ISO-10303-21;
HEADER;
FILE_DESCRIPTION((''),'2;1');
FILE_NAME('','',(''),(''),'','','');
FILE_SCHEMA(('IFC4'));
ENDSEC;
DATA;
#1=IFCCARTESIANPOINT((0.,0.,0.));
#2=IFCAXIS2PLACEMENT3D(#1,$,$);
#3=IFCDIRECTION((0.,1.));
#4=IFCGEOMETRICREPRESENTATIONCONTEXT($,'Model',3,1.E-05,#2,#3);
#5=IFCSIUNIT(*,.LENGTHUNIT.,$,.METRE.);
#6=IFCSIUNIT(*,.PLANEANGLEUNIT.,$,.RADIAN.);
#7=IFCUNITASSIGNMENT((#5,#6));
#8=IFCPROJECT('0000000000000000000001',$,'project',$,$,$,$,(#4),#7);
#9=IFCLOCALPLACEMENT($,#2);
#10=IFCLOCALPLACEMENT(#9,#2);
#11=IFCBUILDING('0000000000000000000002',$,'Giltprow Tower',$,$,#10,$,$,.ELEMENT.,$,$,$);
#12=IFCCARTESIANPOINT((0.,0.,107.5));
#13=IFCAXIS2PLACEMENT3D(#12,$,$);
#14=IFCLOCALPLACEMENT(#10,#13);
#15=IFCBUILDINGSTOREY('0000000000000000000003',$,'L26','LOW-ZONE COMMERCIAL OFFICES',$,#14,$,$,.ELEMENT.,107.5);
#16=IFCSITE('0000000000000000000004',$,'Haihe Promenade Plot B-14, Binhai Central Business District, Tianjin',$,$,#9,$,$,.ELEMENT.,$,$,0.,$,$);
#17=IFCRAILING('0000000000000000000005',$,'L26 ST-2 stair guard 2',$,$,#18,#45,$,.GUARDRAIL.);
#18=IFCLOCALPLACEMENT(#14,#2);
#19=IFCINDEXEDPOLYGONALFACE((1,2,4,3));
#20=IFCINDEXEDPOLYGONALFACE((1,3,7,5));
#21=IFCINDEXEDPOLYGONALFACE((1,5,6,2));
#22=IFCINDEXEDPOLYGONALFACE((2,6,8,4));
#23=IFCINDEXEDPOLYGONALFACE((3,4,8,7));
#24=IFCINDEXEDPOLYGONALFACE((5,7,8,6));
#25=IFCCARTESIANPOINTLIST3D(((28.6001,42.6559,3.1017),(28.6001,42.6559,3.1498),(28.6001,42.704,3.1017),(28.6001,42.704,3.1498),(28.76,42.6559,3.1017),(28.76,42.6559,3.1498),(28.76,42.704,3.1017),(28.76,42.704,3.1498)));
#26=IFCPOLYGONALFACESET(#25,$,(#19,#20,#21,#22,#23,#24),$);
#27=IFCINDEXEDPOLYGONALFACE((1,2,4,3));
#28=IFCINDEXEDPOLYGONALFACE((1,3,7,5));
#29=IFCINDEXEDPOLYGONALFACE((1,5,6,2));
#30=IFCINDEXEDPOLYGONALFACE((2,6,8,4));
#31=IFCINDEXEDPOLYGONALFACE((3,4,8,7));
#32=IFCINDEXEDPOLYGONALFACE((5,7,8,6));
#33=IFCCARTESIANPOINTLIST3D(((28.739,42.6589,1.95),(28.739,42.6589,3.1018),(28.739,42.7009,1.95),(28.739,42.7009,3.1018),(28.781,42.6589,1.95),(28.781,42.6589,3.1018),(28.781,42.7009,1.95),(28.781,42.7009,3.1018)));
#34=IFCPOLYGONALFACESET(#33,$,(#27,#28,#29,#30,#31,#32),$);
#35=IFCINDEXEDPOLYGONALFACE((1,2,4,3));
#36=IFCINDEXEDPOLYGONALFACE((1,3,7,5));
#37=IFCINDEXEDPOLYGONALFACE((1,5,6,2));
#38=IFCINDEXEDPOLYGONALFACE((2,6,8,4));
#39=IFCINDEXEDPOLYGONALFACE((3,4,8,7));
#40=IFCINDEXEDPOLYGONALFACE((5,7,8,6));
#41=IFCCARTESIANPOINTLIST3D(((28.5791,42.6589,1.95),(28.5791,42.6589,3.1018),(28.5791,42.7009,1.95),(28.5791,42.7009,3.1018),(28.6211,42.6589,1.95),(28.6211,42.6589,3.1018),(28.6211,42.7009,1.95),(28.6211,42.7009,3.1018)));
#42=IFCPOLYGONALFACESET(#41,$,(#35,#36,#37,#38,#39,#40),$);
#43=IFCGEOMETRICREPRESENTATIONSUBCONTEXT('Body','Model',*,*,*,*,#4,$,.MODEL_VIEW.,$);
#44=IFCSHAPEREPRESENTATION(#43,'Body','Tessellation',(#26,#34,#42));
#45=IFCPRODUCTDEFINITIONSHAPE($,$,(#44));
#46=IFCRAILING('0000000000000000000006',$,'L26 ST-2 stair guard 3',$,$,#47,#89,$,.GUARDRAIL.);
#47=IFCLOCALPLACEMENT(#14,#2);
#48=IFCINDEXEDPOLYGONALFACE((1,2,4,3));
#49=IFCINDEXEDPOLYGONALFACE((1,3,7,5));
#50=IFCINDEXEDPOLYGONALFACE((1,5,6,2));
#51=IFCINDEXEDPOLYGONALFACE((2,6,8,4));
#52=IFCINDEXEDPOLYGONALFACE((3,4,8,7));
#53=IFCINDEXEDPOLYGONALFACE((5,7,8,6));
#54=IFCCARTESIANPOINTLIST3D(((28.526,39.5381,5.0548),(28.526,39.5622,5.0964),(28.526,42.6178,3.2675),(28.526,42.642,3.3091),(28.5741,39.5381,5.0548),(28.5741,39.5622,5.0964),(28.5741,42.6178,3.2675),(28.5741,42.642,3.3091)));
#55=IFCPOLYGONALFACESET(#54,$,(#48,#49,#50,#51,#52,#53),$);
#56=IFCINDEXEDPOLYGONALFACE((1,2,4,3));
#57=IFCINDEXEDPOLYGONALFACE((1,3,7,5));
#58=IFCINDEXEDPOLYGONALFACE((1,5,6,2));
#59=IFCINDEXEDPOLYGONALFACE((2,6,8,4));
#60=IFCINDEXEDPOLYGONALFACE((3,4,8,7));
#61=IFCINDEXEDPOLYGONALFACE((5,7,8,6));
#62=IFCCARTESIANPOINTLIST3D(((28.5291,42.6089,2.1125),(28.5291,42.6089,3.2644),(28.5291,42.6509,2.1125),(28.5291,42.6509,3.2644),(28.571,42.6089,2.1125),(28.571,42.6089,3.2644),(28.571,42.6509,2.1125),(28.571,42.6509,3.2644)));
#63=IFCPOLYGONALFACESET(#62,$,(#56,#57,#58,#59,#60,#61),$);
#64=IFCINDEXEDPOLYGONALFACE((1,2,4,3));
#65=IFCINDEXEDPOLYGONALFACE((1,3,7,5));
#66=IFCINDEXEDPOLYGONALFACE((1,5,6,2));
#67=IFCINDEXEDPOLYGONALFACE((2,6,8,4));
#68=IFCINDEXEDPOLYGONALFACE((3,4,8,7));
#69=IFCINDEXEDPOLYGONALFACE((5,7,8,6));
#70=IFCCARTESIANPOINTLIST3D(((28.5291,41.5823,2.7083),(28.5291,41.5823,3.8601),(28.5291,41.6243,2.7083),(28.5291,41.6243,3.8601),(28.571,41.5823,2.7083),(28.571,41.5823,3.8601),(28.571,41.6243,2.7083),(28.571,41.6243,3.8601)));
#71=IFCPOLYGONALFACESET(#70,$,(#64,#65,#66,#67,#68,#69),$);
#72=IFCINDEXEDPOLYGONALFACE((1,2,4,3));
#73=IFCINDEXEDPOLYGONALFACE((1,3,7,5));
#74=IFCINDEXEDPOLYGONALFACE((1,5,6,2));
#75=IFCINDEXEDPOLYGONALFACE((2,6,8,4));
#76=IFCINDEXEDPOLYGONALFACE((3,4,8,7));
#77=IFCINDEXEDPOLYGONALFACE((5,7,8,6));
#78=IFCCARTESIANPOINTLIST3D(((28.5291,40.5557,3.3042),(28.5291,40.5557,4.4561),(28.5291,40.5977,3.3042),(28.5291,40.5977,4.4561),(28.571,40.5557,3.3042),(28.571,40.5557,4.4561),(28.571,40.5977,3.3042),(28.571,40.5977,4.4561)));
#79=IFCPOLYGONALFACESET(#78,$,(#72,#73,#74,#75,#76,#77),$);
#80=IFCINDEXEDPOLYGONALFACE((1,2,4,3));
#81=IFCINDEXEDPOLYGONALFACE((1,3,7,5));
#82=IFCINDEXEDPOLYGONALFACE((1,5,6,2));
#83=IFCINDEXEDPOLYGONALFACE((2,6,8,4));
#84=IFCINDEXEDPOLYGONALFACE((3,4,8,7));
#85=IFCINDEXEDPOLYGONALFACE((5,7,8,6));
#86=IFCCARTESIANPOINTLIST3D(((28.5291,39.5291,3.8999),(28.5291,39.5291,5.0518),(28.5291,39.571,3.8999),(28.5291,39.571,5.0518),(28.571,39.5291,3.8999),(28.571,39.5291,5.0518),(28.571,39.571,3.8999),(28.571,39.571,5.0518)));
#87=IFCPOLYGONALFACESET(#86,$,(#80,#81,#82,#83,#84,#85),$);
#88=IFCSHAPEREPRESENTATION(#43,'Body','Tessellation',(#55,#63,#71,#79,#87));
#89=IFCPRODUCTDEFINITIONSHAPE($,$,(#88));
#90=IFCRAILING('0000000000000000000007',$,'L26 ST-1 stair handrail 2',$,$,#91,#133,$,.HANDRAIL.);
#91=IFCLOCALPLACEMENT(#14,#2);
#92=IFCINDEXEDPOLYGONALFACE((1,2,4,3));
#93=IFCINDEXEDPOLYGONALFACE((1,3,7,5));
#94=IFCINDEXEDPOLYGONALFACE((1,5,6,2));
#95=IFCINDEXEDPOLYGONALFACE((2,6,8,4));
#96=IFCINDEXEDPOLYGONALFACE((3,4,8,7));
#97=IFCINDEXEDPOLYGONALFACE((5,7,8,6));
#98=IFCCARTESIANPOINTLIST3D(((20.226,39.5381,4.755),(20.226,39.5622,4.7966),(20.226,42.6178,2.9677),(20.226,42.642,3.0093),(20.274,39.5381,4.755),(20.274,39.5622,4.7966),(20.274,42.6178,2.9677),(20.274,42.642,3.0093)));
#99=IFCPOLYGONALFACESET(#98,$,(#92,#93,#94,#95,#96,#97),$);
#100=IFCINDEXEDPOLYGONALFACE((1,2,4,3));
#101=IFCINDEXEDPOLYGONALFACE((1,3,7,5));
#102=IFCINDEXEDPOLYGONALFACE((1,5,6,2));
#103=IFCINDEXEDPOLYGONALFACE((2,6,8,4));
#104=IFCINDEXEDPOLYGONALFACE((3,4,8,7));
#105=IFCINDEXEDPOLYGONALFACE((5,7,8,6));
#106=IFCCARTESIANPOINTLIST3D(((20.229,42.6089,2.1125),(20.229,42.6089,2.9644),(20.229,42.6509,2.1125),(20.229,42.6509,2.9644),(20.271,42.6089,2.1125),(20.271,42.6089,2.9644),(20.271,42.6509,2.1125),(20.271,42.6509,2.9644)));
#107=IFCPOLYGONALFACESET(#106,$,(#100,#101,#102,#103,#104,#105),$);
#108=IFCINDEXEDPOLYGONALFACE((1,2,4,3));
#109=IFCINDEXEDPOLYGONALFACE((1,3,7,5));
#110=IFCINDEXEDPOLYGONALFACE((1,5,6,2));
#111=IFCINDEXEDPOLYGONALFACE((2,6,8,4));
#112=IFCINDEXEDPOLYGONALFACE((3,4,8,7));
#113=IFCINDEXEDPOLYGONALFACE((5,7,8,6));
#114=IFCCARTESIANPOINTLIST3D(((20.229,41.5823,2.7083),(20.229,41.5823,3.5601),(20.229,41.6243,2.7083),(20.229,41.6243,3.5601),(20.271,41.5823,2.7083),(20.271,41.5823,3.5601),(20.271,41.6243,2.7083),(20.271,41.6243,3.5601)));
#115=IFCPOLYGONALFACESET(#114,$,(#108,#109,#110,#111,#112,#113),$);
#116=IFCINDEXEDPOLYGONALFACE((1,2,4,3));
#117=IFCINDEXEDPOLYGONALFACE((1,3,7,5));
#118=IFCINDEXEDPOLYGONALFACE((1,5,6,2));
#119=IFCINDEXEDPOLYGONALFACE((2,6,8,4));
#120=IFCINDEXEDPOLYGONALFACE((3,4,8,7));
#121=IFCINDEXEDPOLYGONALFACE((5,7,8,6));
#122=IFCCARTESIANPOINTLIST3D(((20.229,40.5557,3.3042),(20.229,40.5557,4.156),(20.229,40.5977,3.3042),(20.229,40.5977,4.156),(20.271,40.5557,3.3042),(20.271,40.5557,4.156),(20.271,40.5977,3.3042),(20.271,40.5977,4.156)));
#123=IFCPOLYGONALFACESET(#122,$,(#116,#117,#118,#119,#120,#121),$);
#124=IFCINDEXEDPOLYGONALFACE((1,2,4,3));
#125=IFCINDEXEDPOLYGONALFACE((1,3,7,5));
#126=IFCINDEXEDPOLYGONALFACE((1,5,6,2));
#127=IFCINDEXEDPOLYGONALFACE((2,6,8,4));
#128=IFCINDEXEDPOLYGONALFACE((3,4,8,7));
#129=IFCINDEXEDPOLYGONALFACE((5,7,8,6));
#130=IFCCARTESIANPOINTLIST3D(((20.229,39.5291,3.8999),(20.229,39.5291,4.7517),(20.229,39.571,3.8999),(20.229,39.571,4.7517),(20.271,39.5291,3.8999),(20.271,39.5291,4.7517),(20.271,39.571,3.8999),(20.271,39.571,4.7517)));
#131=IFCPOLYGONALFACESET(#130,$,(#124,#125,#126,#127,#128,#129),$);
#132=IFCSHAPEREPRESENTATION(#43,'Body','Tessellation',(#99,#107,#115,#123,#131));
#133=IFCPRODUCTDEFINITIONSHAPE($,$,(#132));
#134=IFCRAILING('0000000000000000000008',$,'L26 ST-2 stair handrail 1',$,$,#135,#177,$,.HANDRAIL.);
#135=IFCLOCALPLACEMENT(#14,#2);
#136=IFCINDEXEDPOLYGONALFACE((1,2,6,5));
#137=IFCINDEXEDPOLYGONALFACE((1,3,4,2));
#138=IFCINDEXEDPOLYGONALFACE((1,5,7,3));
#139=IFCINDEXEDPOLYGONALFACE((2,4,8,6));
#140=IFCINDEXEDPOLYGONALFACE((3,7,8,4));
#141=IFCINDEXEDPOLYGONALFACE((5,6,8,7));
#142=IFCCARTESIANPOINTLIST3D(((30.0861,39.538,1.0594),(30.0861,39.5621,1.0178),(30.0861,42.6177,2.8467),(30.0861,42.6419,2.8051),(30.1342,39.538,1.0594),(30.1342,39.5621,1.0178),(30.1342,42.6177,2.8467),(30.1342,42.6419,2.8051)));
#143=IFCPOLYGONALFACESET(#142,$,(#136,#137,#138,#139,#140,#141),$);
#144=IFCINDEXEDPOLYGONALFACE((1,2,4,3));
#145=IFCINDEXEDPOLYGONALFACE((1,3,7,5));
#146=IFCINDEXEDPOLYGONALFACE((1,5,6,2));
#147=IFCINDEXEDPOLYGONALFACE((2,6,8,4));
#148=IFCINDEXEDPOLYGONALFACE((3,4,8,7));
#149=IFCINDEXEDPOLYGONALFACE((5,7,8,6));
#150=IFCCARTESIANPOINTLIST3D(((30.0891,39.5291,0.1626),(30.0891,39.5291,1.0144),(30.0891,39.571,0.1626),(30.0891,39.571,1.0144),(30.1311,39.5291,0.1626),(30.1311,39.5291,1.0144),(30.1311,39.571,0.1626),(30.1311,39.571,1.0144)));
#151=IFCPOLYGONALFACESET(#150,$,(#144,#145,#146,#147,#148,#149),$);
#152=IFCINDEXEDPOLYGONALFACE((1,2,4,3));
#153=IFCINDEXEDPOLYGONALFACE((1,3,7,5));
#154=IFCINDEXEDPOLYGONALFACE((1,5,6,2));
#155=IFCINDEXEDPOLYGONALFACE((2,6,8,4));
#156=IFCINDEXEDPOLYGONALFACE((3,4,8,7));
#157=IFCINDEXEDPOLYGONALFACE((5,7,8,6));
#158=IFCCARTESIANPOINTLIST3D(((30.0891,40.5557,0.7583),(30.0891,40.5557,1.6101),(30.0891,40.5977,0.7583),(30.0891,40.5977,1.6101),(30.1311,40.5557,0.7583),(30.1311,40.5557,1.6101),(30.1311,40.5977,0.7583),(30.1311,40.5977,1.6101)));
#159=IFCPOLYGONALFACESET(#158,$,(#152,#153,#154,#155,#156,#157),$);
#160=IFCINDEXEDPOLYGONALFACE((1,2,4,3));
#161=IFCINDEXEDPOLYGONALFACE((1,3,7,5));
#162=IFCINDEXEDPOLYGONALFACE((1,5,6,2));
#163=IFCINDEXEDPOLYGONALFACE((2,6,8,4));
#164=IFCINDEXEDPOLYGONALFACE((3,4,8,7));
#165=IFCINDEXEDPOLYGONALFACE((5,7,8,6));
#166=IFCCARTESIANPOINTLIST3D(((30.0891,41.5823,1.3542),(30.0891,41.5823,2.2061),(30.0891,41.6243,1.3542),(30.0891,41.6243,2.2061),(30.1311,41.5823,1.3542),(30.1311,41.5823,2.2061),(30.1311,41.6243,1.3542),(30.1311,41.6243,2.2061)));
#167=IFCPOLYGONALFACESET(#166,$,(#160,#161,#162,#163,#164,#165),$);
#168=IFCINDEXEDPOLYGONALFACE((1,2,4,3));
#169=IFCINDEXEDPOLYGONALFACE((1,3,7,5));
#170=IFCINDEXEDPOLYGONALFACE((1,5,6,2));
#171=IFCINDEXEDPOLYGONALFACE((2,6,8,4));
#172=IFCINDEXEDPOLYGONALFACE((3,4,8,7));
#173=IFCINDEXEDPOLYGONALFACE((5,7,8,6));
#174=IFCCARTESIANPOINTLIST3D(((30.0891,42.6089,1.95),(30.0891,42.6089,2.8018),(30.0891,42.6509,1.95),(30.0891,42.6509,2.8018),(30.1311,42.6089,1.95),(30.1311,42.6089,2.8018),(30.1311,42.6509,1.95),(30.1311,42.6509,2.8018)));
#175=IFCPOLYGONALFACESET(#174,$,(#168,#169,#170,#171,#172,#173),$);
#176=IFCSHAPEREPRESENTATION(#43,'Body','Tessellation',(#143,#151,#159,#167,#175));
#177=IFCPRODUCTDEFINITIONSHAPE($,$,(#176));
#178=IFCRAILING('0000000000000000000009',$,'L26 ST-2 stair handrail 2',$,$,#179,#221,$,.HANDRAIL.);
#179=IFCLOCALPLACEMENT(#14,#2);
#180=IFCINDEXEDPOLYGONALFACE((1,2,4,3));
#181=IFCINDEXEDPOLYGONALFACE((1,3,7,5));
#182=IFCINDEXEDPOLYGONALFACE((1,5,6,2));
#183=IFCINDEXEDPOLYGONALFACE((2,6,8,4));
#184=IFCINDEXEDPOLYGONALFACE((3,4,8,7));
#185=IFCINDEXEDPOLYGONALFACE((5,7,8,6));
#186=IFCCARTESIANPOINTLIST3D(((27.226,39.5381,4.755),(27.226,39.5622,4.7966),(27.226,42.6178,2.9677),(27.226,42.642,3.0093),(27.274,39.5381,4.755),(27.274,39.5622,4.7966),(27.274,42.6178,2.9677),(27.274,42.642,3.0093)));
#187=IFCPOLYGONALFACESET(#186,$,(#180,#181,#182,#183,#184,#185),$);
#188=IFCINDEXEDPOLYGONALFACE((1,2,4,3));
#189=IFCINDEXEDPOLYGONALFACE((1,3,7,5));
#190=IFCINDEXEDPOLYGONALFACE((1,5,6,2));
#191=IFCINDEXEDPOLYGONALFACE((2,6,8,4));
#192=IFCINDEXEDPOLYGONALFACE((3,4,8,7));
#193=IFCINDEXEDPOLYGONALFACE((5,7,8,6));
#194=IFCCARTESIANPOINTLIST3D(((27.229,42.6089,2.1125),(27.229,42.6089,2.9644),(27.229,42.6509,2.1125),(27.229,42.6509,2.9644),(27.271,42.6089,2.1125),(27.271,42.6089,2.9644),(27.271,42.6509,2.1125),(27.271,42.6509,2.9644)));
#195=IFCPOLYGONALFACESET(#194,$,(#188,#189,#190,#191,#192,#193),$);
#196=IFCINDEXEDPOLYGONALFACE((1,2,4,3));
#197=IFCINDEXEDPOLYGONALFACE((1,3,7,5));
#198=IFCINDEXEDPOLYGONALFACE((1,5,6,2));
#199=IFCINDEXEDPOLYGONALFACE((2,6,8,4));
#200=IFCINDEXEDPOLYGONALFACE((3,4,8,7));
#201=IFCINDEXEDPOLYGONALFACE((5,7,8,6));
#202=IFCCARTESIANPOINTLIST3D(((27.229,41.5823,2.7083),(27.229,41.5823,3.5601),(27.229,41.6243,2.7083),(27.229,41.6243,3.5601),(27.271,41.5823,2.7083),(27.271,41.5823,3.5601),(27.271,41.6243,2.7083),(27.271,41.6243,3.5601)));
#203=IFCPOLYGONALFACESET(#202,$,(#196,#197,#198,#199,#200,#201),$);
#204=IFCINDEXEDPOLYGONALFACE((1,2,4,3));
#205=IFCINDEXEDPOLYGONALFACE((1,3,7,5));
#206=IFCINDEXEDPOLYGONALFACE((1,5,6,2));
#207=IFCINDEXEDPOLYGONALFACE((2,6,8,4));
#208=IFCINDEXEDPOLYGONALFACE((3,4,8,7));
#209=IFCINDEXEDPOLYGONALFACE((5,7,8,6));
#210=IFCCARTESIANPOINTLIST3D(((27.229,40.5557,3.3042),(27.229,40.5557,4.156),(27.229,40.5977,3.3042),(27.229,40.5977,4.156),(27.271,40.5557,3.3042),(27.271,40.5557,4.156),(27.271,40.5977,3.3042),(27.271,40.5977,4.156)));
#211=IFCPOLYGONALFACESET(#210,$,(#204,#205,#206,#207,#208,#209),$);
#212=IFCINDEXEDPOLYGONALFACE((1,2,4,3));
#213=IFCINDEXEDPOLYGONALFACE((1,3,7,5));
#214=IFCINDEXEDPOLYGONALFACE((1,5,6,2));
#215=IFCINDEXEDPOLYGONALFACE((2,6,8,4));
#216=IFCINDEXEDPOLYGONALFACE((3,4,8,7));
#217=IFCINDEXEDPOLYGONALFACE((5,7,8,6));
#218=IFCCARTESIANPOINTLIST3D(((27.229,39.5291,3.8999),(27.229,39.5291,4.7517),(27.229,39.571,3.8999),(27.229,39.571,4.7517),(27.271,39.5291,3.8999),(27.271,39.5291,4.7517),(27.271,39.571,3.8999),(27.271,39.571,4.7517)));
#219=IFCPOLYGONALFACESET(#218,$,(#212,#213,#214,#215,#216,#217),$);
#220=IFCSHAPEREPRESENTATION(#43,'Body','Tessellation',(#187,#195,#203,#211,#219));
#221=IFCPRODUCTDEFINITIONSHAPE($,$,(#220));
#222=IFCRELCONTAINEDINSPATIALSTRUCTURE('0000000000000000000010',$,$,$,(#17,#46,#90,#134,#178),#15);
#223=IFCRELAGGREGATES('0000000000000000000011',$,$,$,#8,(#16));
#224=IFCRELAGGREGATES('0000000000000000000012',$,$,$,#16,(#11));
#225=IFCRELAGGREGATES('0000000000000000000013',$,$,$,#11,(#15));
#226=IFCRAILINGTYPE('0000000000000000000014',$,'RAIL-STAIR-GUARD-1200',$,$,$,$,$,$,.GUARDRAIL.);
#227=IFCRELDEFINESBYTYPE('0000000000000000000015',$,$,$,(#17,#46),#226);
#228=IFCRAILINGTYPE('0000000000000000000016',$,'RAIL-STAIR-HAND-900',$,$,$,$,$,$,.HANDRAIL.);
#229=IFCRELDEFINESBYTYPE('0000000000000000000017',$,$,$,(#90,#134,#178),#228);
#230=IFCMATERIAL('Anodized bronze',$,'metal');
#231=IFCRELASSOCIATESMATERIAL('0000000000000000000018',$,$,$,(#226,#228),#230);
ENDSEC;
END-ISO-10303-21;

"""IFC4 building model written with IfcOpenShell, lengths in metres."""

from ifc_helpers import new_model, si_unit, direction, frame, origin, origin_2d, place, context, subcontext, project, spatial, rectangle, extrude, material, type_object, element, save


model = new_model("IFC4")

# Units and contexts
model_context = context("Model", 3, precision=1e-05, world=origin(), true_north=direction((0.0, 1.0)))
body_context = subcontext(model_context, "Body", "Model", "MODEL_VIEW")
ifc_project = project(units=[si_unit("LENGTHUNIT", "METRE"), si_unit("PLANEANGLEUNIT", "RADIAN")], contexts=[model_context])

# Site, building, storey
site_placement = place(None, origin())
site = spatial("IfcSite", under=ifc_project, at=site_placement, Name="Haihe Promenade Plot B-14, Binhai Central Business District, Tianjin", CompositionType="ELEMENT", RefElevation=0.0)
building_placement = place(site_placement, origin())
building = spatial("IfcBuilding", under=site, at=building_placement, Name="Giltprow Tower", CompositionType="ELEMENT")
storey_placement = place(building_placement, frame((0.0, 0.0, 107.5)))
storey = spatial("IfcBuildingStorey", under=building, at=storey_placement, Name="L26", Description="LOW-ZONE COMMERCIAL OFFICES", CompositionType="ELEMENT", Elevation=107.5)

# Railings
ifc_material_1 = material(Name="Anodized bronze", Category="metal")
railing_type_1 = type_object("IfcRailingType", Name="RAIL-STAIR-GUARD-1200", PredefinedType="GUARDRAIL", material=ifc_material_1)
railing_1_placement = place(storey_placement, frame((28.76, 42.6799, 1.95)))
element("IfcRailing", 1, at=railing_1_placement, inside=storey, type_object=railing_type_1, Name="L26 ST-2 stair guard 2", PredefinedType="GUARDRAIL", context=body_context, shape_type="SweptSolid", body=[
    extrude(rectangle(XDim=0.0481, YDim=0.0481, at=origin_2d()), frame((0.0, 0.0, 1.1758), z_axis=(-1.0, 0.0, 0.0), x_axis=(0.0, -1.0, 0.0)), (0.0, 0.0, 1.0), 0.1599),
    extrude(rectangle(XDim=0.042, YDim=0.042, at=origin_2d()), origin(), (0.0, 0.0, 1.0), 1.1519),
    extrude(rectangle(XDim=0.042, YDim=0.042, at=origin_2d()), frame((-0.1599, 0.0, 0.0)), (0.0, 0.0, 1.0), 1.1519),
])
railing_2_placement = place(storey_placement, frame((28.55, 42.6299, 2.1125)))
element("IfcRailing", 2, at=railing_2_placement, inside=storey, type_object=railing_type_1, Name="L26 ST-2 stair guard 3", PredefinedType="GUARDRAIL", context=body_context, shape_type="SweptSolid", body=[
    extrude(rectangle(XDim=0.0481, YDim=0.0481, at=origin_2d()), frame((0.0, 0.0, 1.1758), z_axis=(0.0, -0.864903, 0.501939), x_axis=(1.0, 0.0, 0.0)), (0.0, 0.0, 1.0), 3.5608),
    extrude(rectangle(XDim=0.042, YDim=0.042, at=origin_2d()), origin(), (0.0, 0.0, 1.0), 1.1519),
    extrude(rectangle(XDim=0.042, YDim=0.042, at=origin_2d()), frame((0.0, -1.0266, 0.5957)), (0.0, 0.0, 1.0), 1.1519),
    extrude(rectangle(XDim=0.042, YDim=0.042, at=origin_2d()), frame((0.0, -2.0532, 1.1917)), (0.0, 0.0, 1.0), 1.1519),
    extrude(rectangle(XDim=0.042, YDim=0.042, at=origin_2d()), frame((0.0, -3.0798, 1.7874)), (0.0, 0.0, 1.0), 1.1519),
])
railing_type_2 = type_object("IfcRailingType", Name="RAIL-STAIR-HAND-900", PredefinedType="HANDRAIL", material=ifc_material_1)
railing_3_placement = place(storey_placement, frame((20.25, 42.6299, 2.1125)))
element("IfcRailing", 3, at=railing_3_placement, inside=storey, type_object=railing_type_2, Name="L26 ST-1 stair handrail 2", PredefinedType="HANDRAIL", context=body_context, shape_type="SweptSolid", body=[
    extrude(rectangle(XDim=0.0481, YDim=0.0481, at=origin_2d()), frame((0.0, 0.0, 0.876), z_axis=(0.0, -0.864903, 0.501939), x_axis=(1.0, 0.0, 0.0)), (0.0, 0.0, 1.0), 3.5608),
    extrude(rectangle(XDim=0.042, YDim=0.042, at=origin_2d()), origin(), (0.0, 0.0, 1.0), 0.8518),
    extrude(rectangle(XDim=0.042, YDim=0.042, at=origin_2d()), frame((0.0, -1.0266, 0.5957)), (0.0, 0.0, 1.0), 0.8518),
    extrude(rectangle(XDim=0.042, YDim=0.042, at=origin_2d()), frame((0.0, -2.0532, 1.1917)), (0.0, 0.0, 1.0), 0.8518),
    extrude(rectangle(XDim=0.042, YDim=0.042, at=origin_2d()), frame((0.0, -3.0798, 1.7874)), (0.0, 0.0, 1.0), 0.8518),
])
railing_4_placement = place(storey_placement, frame((30.1101, 39.55, 0.1626)))
element("IfcRailing", 4, at=railing_4_placement, inside=storey, type_object=railing_type_2, Name="L26 ST-2 stair handrail 1", PredefinedType="HANDRAIL", context=body_context, shape_type="SweptSolid", body=[
    extrude(rectangle(XDim=0.0481, YDim=0.0481, at=origin_2d()), frame((0.0, 0.0, 0.876), z_axis=(0.0, 0.864903, 0.501939), x_axis=(-1.0, 0.0, 0.0)), (0.0, 0.0, 1.0), 3.5608),
    extrude(rectangle(XDim=0.042, YDim=0.042, at=origin_2d()), origin(), (0.0, 0.0, 1.0), 0.8518),
    extrude(rectangle(XDim=0.042, YDim=0.042, at=origin_2d()), frame((0.0, 1.0266, 0.5957)), (0.0, 0.0, 1.0), 0.8518),
    extrude(rectangle(XDim=0.042, YDim=0.042, at=origin_2d()), frame((0.0, 2.0532, 1.1917)), (0.0, 0.0, 1.0), 0.8518),
    extrude(rectangle(XDim=0.042, YDim=0.042, at=origin_2d()), frame((0.0, 3.0798, 1.7874)), (0.0, 0.0, 1.0), 0.8518),
])
railing_5_placement = place(storey_placement, frame((27.25, 42.6299, 2.1125)))
element("IfcRailing", 5, at=railing_5_placement, inside=storey, type_object=railing_type_2, Name="L26 ST-2 stair handrail 2", PredefinedType="HANDRAIL", context=body_context, shape_type="SweptSolid", body=[
    extrude(rectangle(XDim=0.0481, YDim=0.0481, at=origin_2d()), frame((0.0, 0.0, 0.876), z_axis=(0.0, -0.864903, 0.501939), x_axis=(1.0, 0.0, 0.0)), (0.0, 0.0, 1.0), 3.5608),
    extrude(rectangle(XDim=0.042, YDim=0.042, at=origin_2d()), origin(), (0.0, 0.0, 1.0), 0.8518),
    extrude(rectangle(XDim=0.042, YDim=0.042, at=origin_2d()), frame((0.0, -1.0266, 0.5957)), (0.0, 0.0, 1.0), 0.8518),
    extrude(rectangle(XDim=0.042, YDim=0.042, at=origin_2d()), frame((0.0, -2.0532, 1.1917)), (0.0, 0.0, 1.0), 0.8518),
    extrude(rectangle(XDim=0.042, YDim=0.042, at=origin_2d()), frame((0.0, -3.0798, 1.7874)), (0.0, 0.0, 1.0), 0.8518),
])

save(model, "model.ifc")
